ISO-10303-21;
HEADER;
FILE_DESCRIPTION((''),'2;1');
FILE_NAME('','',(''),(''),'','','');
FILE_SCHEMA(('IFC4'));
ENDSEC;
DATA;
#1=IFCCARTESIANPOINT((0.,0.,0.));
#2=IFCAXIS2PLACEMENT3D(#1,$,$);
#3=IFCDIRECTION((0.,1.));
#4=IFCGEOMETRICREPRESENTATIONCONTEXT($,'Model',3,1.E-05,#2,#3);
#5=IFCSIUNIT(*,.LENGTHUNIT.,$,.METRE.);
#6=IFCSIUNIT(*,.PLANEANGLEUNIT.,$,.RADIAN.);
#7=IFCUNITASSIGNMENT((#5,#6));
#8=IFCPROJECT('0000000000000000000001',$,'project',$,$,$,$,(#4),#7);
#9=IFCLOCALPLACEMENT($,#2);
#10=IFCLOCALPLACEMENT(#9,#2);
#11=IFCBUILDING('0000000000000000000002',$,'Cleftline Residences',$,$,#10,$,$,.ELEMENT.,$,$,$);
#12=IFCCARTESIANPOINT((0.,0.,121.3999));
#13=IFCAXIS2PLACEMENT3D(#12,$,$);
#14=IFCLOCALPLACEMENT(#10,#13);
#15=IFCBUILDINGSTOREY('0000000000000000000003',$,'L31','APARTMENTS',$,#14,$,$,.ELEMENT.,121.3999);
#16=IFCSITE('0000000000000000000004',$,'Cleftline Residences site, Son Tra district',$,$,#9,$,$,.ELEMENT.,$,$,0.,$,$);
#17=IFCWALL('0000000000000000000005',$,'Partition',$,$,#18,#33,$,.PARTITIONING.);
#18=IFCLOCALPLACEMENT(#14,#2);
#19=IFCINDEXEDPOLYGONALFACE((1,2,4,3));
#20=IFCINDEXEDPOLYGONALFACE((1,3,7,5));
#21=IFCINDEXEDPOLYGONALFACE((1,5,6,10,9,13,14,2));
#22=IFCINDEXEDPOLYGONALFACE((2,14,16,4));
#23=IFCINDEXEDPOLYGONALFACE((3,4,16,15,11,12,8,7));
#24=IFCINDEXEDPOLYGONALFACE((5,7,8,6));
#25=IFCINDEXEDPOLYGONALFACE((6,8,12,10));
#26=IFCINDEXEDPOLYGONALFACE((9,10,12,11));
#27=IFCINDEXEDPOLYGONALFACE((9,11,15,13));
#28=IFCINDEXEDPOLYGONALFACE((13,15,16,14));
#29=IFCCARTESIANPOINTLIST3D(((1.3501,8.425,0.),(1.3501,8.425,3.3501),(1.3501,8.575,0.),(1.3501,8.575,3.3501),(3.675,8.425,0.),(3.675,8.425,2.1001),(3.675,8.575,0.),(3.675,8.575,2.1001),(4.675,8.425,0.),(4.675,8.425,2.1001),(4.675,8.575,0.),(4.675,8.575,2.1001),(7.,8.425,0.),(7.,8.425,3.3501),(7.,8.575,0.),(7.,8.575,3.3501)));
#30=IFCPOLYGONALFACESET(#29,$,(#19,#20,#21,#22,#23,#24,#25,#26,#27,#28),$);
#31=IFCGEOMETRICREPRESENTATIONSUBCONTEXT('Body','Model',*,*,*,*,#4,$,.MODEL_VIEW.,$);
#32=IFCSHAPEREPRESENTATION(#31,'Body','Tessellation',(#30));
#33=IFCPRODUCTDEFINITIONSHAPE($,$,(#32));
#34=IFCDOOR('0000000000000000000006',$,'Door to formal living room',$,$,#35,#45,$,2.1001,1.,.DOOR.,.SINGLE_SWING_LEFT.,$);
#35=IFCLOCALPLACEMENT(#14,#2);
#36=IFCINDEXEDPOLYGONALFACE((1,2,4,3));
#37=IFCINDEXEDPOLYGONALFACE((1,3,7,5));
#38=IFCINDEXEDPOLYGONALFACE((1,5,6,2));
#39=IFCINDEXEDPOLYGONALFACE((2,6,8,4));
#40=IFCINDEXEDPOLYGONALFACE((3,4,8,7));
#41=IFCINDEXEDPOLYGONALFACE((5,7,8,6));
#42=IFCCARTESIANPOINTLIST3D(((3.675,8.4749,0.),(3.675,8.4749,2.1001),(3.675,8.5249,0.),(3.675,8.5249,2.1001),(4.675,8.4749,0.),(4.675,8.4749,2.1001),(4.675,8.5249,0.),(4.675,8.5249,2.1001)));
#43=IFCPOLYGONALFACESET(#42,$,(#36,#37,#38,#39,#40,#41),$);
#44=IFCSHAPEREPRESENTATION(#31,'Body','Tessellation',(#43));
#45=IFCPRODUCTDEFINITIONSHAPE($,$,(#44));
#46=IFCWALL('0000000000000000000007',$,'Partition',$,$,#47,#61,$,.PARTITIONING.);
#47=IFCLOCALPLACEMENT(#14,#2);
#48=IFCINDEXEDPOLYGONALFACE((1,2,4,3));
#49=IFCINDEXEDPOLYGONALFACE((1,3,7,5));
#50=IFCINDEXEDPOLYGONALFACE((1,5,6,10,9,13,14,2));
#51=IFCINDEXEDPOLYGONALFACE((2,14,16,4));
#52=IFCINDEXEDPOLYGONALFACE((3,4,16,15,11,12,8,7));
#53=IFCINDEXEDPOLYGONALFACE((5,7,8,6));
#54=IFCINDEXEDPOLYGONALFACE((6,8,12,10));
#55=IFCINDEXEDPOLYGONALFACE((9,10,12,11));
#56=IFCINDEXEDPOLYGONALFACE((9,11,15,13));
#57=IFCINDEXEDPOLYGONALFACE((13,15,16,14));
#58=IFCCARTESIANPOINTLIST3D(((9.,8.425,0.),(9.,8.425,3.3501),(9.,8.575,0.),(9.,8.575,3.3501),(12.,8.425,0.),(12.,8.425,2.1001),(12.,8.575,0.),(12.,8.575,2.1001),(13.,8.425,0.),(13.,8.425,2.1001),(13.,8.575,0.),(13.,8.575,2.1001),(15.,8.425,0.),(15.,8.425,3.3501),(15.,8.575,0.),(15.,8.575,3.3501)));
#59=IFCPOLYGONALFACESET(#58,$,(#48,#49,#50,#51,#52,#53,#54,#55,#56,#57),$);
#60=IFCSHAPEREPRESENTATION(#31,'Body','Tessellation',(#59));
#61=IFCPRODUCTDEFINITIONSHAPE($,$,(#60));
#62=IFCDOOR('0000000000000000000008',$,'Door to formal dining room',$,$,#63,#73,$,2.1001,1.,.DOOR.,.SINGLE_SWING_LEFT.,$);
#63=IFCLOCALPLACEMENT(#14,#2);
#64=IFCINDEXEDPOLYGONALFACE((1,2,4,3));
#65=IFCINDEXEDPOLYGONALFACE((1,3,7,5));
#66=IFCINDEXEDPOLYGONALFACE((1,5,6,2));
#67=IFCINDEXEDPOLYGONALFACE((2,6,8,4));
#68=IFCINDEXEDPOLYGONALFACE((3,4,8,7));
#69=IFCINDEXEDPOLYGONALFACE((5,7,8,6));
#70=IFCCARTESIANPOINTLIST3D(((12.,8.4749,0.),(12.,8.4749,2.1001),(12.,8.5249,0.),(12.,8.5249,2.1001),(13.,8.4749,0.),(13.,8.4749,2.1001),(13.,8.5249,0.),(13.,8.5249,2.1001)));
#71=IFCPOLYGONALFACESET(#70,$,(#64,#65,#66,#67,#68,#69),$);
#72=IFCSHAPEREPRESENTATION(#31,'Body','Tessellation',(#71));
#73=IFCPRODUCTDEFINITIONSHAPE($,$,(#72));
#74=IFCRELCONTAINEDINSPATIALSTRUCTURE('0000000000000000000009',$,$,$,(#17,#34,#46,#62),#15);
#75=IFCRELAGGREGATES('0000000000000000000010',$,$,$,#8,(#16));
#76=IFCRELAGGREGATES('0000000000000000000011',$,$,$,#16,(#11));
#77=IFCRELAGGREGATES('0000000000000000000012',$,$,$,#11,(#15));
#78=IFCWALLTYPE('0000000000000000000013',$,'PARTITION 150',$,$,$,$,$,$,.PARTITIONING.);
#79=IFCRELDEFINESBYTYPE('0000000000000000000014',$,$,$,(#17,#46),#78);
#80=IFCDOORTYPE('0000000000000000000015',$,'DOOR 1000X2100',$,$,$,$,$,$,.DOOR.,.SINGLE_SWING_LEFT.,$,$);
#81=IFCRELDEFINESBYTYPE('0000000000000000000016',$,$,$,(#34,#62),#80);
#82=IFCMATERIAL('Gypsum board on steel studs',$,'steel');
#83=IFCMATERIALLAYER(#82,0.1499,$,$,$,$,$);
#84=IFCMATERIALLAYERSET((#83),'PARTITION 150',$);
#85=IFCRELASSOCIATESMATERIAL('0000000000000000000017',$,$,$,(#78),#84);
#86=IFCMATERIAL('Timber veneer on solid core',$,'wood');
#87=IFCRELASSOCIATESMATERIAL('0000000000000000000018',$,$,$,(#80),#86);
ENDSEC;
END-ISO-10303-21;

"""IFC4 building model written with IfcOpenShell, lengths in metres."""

from ifc_helpers import new_model, si_unit, direction, frame, frame_2d, origin, place, context, subcontext, project, spatial, rectangle, extrude, material, layer, layer_set, type_object, element, fill, save


model = new_model("IFC4")

# Units and contexts
model_context = context("Model", 3, precision=1e-05, world=origin(), true_north=direction((0.0, 1.0)))
body_context = subcontext(model_context, "Body", "Model", "MODEL_VIEW")
ifc_project = project(units=[si_unit("LENGTHUNIT", "METRE"), si_unit("PLANEANGLEUNIT", "RADIAN")], contexts=[model_context])

# Site, building, storey
site_placement = place(None, origin())
site = spatial("IfcSite", under=ifc_project, at=site_placement, Name="Cleftline Residences site, Son Tra district", CompositionType="ELEMENT", RefElevation=0.0)
building_placement = place(site_placement, origin())
building = spatial("IfcBuilding", under=site, at=building_placement, Name="Cleftline Residences", CompositionType="ELEMENT")
storey_placement = place(building_placement, frame((0.0, 0.0, 121.3999)))
storey = spatial("IfcBuildingStorey", under=building, at=storey_placement, Name="L31", Description="APARTMENTS", CompositionType="ELEMENT", Elevation=121.3999)

# Walls, openings, doors
ifc_material_1 = material(Name="Gypsum board on steel studs", Category="steel")
ifc_layer = layer(ifc_material_1, 0.1499)
ifc_layer_set = layer_set([ifc_layer], Name="PARTITION 150")
wall_type = type_object("IfcWallType", Name="PARTITION 150", PredefinedType="PARTITIONING", material=ifc_layer_set)
wall_1_placement = place(storey_placement, frame((1.3501, 8.5, 0.0), z_axis=(0.0, 0.0, 1.0), x_axis=(1.0, 0.0, 0.0)))
wall_1 = element("IfcWall", 1, at=wall_1_placement, inside=storey, type_object=wall_type, Name="Partition", PredefinedType="PARTITIONING", context=body_context, shape_type="SweptSolid", body=[
    extrude(rectangle(XDim=5.6499, YDim=0.1499, at=frame_2d((2.825, 0.0))), origin(), (0.0, 0.0, 1.0), 3.3501),
])
opening_1_placement = place(wall_1_placement, frame((2.325, 0.0, 0.0)))
opening_1 = element("IfcOpeningElement", 2, at=opening_1_placement, cuts=wall_1, PredefinedType="OPENING", context=body_context, shape_type="SweptSolid", body=[
    extrude(rectangle(XDim=1.0, YDim=2.1001, at=frame_2d((0.5, 1.05))), frame((0.0, 0.085, 0.0), z_axis=(0.0, -1.0, 0.0), x_axis=(1.0, 0.0, 0.0)), (0.0, 0.0, 1.0), 0.1699),
])
ifc_material_2 = material(Name="Timber veneer on solid core", Category="wood")
door_type_1 = type_object("IfcDoorType", Name="DOOR 1000X2100", OperationType="SINGLE_SWING_LEFT", PredefinedType="DOOR", material=ifc_material_2)
door_1_placement = place(opening_1_placement, origin())
door_1 = element("IfcDoor", 3, at=door_1_placement, inside=storey, type_object=door_type_1, Name="Door to formal living room", OperationType="SINGLE_SWING_LEFT", OverallHeight=2.1001, OverallWidth=1.0, PredefinedType="DOOR", context=body_context, shape_type="SweptSolid", body=[
    extrude(rectangle(XDim=1.0, YDim=2.1001, at=frame_2d((0.5, 1.05))), frame((0.0, 0.0249, 0.0), z_axis=(0.0, -1.0, 0.0), x_axis=(1.0, 0.0, 0.0)), (0.0, 0.0, 1.0), 0.05),
])
fill(opening_1, door_1)
wall_2_placement = place(storey_placement, frame((9.0, 8.5, 0.0), z_axis=(0.0, 0.0, 1.0), x_axis=(1.0, 0.0, 0.0)))
wall_2 = element("IfcWall", 4, at=wall_2_placement, inside=storey, type_object=wall_type, Name="Partition", PredefinedType="PARTITIONING", context=body_context, shape_type="SweptSolid", body=[
    extrude(rectangle(XDim=6.0, YDim=0.1499, at=frame_2d((3.0, 0.0))), origin(), (0.0, 0.0, 1.0), 3.3501),
])
opening_2_placement = place(wall_2_placement, frame((3.0, 0.0, 0.0)))
opening_2 = element("IfcOpeningElement", 5, at=opening_2_placement, cuts=wall_2, PredefinedType="OPENING", context=body_context, shape_type="SweptSolid", body=[
    extrude(rectangle(XDim=1.0, YDim=2.1001, at=frame_2d((0.5, 1.05))), frame((0.0, 0.085, 0.0), z_axis=(0.0, -1.0, 0.0), x_axis=(1.0, 0.0, 0.0)), (0.0, 0.0, 1.0), 0.1699),
])
door_2_placement = place(opening_2_placement, origin())
door_2 = element("IfcDoor", 6, at=door_2_placement, inside=storey, type_object=door_type_1, Name="Door to formal dining room", OperationType="SINGLE_SWING_LEFT", OverallHeight=2.1001, OverallWidth=1.0, PredefinedType="DOOR", context=body_context, shape_type="SweptSolid", body=[
    extrude(rectangle(XDim=1.0, YDim=2.1001, at=frame_2d((0.5, 1.05))), frame((0.0, 0.0249, 0.0), z_axis=(0.0, -1.0, 0.0), x_axis=(1.0, 0.0, 0.0)), (0.0, 0.0, 1.0), 0.05),
])
fill(opening_2, door_2)

save(model, "model.ifc")
